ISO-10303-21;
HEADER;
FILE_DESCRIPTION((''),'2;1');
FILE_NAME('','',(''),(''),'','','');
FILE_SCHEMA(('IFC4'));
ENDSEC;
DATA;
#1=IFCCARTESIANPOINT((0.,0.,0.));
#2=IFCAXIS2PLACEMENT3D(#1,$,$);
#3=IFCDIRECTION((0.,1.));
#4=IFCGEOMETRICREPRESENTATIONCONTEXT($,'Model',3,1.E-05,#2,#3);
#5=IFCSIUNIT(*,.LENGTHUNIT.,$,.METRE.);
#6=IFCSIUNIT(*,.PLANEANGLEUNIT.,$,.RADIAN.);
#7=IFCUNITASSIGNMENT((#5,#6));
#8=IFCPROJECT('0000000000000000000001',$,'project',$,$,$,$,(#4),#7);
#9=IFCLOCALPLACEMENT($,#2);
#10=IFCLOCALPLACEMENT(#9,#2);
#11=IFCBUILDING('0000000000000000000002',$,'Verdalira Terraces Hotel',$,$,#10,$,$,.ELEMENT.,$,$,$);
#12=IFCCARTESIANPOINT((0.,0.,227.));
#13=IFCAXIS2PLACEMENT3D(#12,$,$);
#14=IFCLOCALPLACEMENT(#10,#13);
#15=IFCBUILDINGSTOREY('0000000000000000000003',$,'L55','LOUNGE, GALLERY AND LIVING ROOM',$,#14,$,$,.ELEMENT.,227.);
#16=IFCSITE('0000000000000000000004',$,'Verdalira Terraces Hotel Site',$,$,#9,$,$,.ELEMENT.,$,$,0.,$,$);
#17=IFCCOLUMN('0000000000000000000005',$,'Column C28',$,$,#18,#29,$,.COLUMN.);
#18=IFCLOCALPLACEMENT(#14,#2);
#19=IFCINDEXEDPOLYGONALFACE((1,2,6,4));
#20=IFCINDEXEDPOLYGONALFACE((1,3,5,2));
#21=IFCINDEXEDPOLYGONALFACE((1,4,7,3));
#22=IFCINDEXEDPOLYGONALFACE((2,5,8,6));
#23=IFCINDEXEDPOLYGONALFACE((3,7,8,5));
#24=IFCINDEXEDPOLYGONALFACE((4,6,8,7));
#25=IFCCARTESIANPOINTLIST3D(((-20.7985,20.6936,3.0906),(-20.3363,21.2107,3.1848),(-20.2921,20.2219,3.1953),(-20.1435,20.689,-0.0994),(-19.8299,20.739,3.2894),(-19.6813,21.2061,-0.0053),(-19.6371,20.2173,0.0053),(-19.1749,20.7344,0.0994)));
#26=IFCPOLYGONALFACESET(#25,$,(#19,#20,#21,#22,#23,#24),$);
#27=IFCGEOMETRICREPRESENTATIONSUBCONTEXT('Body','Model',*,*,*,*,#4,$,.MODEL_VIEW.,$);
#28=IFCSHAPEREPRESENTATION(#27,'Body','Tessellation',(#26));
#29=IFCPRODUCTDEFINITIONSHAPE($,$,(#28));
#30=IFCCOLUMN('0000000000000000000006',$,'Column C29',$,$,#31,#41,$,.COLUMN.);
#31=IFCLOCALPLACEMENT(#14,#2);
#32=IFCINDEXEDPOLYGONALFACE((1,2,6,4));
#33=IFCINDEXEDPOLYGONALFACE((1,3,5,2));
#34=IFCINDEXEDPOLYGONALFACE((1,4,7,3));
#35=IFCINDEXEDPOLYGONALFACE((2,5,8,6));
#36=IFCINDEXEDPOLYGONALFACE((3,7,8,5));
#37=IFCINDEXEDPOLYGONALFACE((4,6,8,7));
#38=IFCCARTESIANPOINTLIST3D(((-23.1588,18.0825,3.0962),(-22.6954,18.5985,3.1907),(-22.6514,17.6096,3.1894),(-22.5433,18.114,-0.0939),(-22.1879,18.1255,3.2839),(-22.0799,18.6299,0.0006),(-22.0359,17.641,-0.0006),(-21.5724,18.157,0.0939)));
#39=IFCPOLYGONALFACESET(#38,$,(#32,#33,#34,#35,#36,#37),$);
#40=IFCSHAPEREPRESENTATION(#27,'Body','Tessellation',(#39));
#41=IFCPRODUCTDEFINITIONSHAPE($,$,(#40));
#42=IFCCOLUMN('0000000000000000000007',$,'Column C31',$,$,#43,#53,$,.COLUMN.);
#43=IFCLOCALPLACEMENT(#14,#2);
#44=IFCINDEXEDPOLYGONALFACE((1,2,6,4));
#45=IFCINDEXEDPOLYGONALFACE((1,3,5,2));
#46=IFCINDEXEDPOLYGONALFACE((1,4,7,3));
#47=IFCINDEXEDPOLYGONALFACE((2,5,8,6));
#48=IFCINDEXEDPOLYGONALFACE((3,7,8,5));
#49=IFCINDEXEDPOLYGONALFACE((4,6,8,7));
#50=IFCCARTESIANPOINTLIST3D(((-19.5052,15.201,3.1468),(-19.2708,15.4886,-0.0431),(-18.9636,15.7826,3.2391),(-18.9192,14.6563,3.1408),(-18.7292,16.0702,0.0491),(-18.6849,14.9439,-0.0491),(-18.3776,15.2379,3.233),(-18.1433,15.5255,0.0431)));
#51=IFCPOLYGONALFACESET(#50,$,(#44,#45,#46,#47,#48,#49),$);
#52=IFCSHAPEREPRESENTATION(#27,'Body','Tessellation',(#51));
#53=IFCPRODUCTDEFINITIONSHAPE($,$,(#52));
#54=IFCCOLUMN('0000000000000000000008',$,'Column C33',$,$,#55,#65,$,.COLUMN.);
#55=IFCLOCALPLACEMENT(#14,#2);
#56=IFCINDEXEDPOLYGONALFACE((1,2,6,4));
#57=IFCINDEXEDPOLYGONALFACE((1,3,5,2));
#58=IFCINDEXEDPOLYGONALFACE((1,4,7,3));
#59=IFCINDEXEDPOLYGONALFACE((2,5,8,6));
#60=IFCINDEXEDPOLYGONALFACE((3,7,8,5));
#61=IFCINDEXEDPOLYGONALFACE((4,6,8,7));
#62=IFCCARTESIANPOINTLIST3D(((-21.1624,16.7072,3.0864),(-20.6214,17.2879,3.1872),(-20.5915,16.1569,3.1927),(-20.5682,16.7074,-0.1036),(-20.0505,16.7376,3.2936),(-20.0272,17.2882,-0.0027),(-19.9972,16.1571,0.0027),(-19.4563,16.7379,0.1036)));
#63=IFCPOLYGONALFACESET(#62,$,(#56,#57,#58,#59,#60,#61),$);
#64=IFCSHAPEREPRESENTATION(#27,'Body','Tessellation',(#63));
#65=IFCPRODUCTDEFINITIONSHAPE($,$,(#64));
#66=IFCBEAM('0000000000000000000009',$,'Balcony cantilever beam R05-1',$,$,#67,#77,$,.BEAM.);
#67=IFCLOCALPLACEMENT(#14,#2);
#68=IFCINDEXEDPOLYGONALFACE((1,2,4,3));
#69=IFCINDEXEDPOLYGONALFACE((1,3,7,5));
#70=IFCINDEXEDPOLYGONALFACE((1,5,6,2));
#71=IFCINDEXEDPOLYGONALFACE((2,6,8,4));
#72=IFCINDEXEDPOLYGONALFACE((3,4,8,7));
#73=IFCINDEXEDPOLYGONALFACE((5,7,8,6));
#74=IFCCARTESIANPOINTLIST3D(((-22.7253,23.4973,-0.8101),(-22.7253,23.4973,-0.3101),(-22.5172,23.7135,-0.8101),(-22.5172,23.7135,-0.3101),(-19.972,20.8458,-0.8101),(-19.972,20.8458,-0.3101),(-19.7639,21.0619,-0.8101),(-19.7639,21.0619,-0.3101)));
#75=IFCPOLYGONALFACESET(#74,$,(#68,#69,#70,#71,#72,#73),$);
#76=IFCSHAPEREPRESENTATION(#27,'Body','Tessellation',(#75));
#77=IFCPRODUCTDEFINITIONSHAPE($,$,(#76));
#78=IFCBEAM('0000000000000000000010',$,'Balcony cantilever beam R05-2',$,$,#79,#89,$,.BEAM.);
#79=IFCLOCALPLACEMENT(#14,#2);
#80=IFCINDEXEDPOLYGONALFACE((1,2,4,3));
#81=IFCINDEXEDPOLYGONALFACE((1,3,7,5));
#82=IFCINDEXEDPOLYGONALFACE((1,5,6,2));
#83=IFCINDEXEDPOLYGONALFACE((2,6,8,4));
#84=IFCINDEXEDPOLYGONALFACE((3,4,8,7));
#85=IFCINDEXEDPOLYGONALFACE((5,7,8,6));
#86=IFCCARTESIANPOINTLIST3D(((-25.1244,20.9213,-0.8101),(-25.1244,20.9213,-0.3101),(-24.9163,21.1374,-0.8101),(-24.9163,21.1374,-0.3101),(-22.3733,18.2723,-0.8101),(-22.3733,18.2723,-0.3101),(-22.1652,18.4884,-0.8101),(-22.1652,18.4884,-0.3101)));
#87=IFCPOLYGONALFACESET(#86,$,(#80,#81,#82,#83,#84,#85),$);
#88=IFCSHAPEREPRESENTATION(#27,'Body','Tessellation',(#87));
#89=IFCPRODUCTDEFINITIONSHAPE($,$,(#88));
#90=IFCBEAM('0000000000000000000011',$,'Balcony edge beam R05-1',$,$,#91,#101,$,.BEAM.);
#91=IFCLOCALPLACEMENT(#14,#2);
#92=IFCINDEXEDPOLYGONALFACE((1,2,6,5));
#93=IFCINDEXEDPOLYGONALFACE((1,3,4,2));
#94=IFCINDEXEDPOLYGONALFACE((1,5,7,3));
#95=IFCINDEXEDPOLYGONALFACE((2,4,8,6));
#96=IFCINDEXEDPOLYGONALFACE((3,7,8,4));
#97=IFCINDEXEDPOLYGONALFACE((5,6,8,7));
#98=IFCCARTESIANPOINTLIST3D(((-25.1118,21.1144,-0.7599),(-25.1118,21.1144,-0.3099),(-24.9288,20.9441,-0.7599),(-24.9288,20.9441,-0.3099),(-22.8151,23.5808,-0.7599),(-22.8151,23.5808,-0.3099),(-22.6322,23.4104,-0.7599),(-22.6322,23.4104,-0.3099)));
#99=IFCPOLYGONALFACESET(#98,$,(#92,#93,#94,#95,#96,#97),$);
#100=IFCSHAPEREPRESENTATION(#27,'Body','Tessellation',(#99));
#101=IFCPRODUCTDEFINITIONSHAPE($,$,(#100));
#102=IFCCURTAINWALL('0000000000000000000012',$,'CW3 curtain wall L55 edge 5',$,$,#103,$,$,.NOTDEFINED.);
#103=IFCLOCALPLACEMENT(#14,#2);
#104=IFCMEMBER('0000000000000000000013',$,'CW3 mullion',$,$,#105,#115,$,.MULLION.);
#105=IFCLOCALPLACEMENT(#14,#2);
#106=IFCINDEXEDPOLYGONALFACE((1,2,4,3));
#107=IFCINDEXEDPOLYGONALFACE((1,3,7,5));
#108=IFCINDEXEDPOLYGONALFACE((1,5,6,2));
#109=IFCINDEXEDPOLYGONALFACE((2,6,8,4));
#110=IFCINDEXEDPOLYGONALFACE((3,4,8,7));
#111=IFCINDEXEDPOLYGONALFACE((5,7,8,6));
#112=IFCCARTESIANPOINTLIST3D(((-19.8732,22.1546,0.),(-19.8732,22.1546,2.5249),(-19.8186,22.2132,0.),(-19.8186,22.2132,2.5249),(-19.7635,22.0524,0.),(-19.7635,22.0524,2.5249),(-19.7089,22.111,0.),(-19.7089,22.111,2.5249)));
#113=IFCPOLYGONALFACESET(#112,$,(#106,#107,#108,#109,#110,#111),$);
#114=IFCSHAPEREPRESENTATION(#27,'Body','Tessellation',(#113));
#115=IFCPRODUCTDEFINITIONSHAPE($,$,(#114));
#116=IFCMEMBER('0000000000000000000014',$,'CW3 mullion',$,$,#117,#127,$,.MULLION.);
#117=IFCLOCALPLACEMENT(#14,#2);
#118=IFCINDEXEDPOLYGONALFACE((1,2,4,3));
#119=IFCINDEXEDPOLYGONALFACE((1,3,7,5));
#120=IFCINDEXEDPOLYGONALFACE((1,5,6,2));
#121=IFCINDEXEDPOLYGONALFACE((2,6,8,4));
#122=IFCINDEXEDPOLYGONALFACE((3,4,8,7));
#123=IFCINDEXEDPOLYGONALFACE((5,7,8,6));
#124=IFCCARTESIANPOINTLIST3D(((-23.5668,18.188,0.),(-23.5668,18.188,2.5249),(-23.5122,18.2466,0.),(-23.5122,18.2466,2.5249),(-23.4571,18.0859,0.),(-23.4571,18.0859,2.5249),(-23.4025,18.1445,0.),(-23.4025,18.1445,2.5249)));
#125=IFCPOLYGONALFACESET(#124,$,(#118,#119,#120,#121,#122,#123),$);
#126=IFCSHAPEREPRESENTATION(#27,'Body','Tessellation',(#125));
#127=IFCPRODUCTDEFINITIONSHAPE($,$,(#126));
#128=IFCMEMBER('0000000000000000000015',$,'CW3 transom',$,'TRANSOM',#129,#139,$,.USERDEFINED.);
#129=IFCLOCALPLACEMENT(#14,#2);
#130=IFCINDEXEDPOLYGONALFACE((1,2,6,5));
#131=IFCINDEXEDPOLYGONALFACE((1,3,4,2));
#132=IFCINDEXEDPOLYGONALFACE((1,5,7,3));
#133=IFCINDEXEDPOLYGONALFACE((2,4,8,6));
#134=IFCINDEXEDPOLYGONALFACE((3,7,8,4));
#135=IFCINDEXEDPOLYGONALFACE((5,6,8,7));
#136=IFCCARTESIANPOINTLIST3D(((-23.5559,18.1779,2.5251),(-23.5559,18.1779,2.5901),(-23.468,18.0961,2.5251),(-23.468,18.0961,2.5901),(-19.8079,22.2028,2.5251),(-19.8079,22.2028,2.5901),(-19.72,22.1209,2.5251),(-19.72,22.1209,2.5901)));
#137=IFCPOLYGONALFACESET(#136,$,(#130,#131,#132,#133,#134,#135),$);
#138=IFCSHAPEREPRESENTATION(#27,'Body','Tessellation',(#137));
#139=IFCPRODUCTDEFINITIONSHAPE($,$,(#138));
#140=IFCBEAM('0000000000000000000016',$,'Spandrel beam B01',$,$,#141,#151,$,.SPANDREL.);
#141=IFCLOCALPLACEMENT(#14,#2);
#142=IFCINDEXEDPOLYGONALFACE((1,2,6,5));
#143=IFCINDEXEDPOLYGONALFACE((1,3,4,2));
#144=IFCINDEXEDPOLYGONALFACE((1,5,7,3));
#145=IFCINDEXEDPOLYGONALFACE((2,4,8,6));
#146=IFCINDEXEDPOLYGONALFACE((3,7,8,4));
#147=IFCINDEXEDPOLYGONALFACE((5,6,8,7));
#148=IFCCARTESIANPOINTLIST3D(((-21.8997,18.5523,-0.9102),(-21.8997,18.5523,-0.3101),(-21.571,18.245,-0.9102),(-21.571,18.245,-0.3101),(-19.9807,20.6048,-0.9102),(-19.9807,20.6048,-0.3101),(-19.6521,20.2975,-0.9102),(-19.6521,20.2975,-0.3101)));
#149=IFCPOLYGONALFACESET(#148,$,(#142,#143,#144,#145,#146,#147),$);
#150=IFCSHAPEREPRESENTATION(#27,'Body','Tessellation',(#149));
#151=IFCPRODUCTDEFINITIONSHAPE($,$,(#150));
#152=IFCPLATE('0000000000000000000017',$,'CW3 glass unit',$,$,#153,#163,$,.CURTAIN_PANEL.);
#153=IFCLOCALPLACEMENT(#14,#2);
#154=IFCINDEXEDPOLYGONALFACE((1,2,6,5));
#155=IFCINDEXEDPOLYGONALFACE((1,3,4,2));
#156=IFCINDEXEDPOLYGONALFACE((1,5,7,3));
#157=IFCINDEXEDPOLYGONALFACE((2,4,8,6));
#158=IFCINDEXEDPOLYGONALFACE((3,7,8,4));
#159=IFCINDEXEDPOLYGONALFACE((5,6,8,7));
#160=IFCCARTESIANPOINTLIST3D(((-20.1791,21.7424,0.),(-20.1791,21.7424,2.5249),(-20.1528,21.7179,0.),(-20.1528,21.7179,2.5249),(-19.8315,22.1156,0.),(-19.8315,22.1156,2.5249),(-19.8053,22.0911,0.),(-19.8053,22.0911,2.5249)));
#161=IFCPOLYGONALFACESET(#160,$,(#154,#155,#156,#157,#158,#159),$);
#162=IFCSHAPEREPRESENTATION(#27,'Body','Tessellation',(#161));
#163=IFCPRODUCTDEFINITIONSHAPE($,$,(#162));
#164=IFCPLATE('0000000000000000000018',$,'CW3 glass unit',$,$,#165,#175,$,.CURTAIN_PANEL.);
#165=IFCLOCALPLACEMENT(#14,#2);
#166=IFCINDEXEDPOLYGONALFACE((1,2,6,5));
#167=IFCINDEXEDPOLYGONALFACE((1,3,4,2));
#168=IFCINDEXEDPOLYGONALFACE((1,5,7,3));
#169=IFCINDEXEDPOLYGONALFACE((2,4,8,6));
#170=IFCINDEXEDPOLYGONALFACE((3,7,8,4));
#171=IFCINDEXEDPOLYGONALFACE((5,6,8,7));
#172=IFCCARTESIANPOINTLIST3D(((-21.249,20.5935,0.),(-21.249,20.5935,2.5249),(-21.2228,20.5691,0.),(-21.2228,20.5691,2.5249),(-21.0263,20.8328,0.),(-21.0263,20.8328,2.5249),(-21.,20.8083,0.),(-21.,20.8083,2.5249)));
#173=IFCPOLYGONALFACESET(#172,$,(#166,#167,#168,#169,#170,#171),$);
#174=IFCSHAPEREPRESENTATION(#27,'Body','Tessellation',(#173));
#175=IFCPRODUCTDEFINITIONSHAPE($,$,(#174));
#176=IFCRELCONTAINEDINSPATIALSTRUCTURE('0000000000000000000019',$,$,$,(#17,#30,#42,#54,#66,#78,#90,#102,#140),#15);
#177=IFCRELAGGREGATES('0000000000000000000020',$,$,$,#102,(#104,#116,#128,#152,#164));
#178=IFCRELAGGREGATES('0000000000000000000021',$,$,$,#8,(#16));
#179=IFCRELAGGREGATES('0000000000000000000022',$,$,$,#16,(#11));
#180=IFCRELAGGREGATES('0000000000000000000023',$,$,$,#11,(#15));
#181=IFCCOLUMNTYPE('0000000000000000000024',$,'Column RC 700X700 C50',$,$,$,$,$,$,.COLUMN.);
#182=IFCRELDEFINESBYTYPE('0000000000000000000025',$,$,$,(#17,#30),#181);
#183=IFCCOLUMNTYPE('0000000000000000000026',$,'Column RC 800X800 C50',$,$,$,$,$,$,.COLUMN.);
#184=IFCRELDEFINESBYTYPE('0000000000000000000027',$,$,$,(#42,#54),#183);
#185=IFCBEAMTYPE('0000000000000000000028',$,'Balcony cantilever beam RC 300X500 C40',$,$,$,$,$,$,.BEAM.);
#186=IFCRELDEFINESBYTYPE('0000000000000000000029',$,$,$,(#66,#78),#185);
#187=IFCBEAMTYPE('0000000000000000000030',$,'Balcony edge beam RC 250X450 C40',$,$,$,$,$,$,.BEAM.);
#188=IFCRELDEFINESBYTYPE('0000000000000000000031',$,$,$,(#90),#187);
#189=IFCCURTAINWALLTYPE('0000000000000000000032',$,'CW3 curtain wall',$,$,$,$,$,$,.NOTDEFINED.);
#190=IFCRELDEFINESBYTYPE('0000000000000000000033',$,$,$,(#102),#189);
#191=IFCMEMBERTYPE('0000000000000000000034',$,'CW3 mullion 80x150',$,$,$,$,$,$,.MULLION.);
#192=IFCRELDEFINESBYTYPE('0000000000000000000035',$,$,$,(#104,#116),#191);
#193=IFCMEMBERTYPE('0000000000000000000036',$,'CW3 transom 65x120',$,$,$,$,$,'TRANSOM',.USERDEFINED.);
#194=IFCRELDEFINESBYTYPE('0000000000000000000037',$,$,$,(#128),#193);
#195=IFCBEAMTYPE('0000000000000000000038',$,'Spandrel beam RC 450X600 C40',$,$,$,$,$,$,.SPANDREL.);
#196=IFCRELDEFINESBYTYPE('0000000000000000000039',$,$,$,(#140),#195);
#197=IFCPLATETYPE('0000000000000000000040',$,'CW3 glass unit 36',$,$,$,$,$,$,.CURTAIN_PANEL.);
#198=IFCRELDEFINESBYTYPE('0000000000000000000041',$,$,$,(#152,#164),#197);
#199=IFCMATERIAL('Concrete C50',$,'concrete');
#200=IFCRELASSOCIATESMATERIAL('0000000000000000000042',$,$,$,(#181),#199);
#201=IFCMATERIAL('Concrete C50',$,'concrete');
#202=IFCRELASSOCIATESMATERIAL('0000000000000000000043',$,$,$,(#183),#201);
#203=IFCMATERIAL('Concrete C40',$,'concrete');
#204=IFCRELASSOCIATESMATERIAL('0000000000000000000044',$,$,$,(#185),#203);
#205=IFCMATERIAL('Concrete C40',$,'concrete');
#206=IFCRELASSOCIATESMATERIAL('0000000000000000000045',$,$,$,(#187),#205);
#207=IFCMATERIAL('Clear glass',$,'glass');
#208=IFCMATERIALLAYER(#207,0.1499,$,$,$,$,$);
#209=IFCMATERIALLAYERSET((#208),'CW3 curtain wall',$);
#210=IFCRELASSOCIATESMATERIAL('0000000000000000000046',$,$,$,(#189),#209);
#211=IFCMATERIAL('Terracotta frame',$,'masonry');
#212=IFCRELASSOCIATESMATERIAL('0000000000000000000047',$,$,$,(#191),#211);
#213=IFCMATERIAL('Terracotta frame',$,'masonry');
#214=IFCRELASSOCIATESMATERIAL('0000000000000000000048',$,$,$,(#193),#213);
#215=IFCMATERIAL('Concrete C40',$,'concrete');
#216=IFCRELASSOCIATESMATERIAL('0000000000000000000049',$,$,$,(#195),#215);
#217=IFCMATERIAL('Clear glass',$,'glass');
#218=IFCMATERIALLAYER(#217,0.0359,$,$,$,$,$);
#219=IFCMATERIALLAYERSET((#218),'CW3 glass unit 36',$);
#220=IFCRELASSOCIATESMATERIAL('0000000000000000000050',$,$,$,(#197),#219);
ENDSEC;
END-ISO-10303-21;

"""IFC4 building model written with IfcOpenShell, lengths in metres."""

from ifc_helpers import new_model, si_unit, direction, frame, origin, origin_2d, place, context, subcontext, project, spatial, rectangle, extrude, material, layer, layer_set, material_profile, profile_set, type_object, element, aggregate, save


model = new_model("IFC4")

# Units and contexts
model_context = context("Model", 3, precision=1e-05, world=origin(), true_north=direction((0.0, 1.0)))
body_context = subcontext(model_context, "Body", "Model", "MODEL_VIEW")
ifc_project = project(units=[si_unit("LENGTHUNIT", "METRE"), si_unit("PLANEANGLEUNIT", "RADIAN")], contexts=[model_context])

# Site, building, storey
site_placement = place(None, origin())
site = spatial("IfcSite", under=ifc_project, at=site_placement, Name="Verdalira Terraces Hotel Site", CompositionType="ELEMENT", RefElevation=0.0)
building_placement = place(site_placement, origin())
building = spatial("IfcBuilding", under=site, at=building_placement, Name="Verdalira Terraces Hotel", CompositionType="ELEMENT")
storey_placement = place(building_placement, frame((0.0, 0.0, 227.0)))
storey = spatial("IfcBuildingStorey", under=building, at=storey_placement, Name="L55", Description="LOUNGE, GALLERY AND LIVING ROOM", CompositionType="ELEMENT", Elevation=227.0)

# Columns
ifc_material_1 = material(Name="Concrete C50", Category="concrete")
ifc_material_profile_1 = material_profile(ifc_material_1, rectangle(XDim=0.7, YDim=0.7, at=origin_2d()), Name="RC 700X700")
ifc_profile_set_1 = profile_set([ifc_material_profile_1], Name="Concrete C50")
column_type_1 = type_object("IfcColumnType", Name="Column RC 700X700 C50", PredefinedType="COLUMN", material=ifc_profile_set_1)
column_1_placement = place(storey_placement, frame((-19.6592, 20.7117, 0.0), z_axis=(-0.201145, 0.001424, 0.97956), x_axis=(-0.660359, -0.738802, -0.134525)))
element("IfcColumn", 1, at=column_1_placement, inside=storey, type_object=column_type_1, Name="Column C28", PredefinedType="COLUMN", context=body_context, shape_type="SweptSolid", body=[
    extrude(rectangle(XDim=0.7, YDim=0.7, at=origin_2d()), origin(), (0.0, 0.0, 1.0), 3.2566),
])
column_2_placement = place(storey_placement, frame((-22.0579, 18.1355, 0.0), z_axis=(-0.189441, -0.009694, 0.981844), x_axis=(-0.662154, -0.737101, -0.135036)))
element("IfcColumn", 2, at=column_2_placement, inside=storey, type_object=column_type_1, Name="Column C29", PredefinedType="COLUMN", context=body_context, shape_type="SweptSolid", body=[
    extrude(rectangle(XDim=0.7, YDim=0.7, at=origin_2d()), origin(), (0.0, 0.0, 1.0), 3.249),
])
ifc_material_2 = material(Name="Concrete C50", Category="concrete")
ifc_material_profile_2 = material_profile(ifc_material_2, rectangle(XDim=0.8, YDim=0.8, at=origin_2d()), Name="RC 800X800")
ifc_profile_set_2 = profile_set([ifc_material_profile_2], Name="Concrete C50")
column_type_2 = type_object("IfcColumnType", Name="Column RC 800X800 C50", PredefinedType="COLUMN", material=ifc_profile_set_2)
column_3_placement = place(storey_placement, frame((-18.707, 15.5071, 0.0), z_axis=(-0.072981, -0.089554, 0.993304), x_axis=(-0.732396, 0.680837, 0.007571)))
element("IfcColumn", 3, at=column_3_placement, inside=storey, type_object=column_type_2, Name="Column C31", PredefinedType="COLUMN", context=body_context, shape_type="SweptSolid", body=[
    extrude(rectangle(XDim=0.8, YDim=0.8, at=origin_2d()), origin(), (0.0, 0.0, 1.0), 3.2114),
])
column_4_placement = place(storey_placement, frame((-20.0122, 16.7227, 0.0), z_axis=(-0.183135, -0.000075, 0.983088), x_axis=(-0.713628, 0.687806, -0.132886)))
element("IfcColumn", 4, at=column_4_placement, inside=storey, type_object=column_type_2, Name="Column C33", PredefinedType="COLUMN", context=body_context, shape_type="SweptSolid", body=[
    extrude(rectangle(XDim=0.8, YDim=0.8, at=origin_2d()), origin(), (0.0, 0.0, 1.0), 3.2449),
])

# Beams
ifc_material_3 = material(Name="Concrete C40", Category="concrete")
ifc_material_profile_3 = material_profile(ifc_material_3, rectangle(XDim=0.3, YDim=0.5, at=origin_2d()), Name="RC 300X500")
ifc_profile_set_3 = profile_set([ifc_material_profile_3], Name="Concrete C40")
beam_type_1 = type_object("IfcBeamType", Name="Balcony cantilever beam RC 300X500 C40", PredefinedType="BEAM", material=ifc_profile_set_3)
beam_1_placement = place(storey_placement, frame((-19.8679, 20.9539, -0.5601), z_axis=(-0.720298, 0.693665, 0.0), x_axis=(-0.693665, -0.720298, 0.0)))
element("IfcBeam", 5, at=beam_1_placement, inside=storey, type_object=beam_type_1, Name="Balcony cantilever beam R05-1", PredefinedType="BEAM", context=body_context, shape_type="SweptSolid", body=[
    extrude(rectangle(XDim=0.3, YDim=0.5, at=origin_2d()), origin(), (0.0, 0.0, 1.0), 3.8225),
])
beam_2_placement = place(storey_placement, frame((-22.2693, 18.3804, -0.5601), z_axis=(-0.720342, 0.69362, 0.0), x_axis=(-0.69362, -0.720342, 0.0)))
element("IfcBeam", 6, at=beam_2_placement, inside=storey, type_object=beam_type_1, Name="Balcony cantilever beam R05-2", PredefinedType="BEAM", context=body_context, shape_type="SweptSolid", body=[
    extrude(rectangle(XDim=0.3, YDim=0.5, at=origin_2d()), origin(), (0.0, 0.0, 1.0), 3.8191),
])
ifc_material_4 = material(Name="Concrete C40", Category="concrete")
ifc_material_profile_4 = material_profile(ifc_material_4, rectangle(XDim=0.25, YDim=0.45, at=origin_2d()), Name="RC 250X450")
ifc_profile_set_4 = profile_set([ifc_material_profile_4], Name="Concrete C40")
beam_type_2 = type_object("IfcBeamType", Name="Balcony edge beam RC 250X450 C40", PredefinedType="BEAM", material=ifc_profile_set_4)
beam_3_placement = place(storey_placement, frame((-22.7236, 23.4956, -0.5349), z_axis=(-0.681484, -0.731833, 0.0), x_axis=(0.731833, -0.681484, 0.0)))
element("IfcBeam", 7, at=beam_3_placement, inside=storey, type_object=beam_type_2, Name="Balcony edge beam R05-1", PredefinedType="BEAM", context=body_context, shape_type="SweptSolid", body=[
    extrude(rectangle(XDim=0.25, YDim=0.45, at=origin_2d()), origin(), (0.0, 0.0, 1.0), 3.3701),
])

# Curtain wall, members
ifc_material_5 = material(Name="Clear glass", Category="glass")
ifc_layer_1 = layer(ifc_material_5, 0.1499)
ifc_layer_set_1 = layer_set([ifc_layer_1], Name="CW3 curtain wall")
curtain_wall_type = type_object("IfcCurtainWallType", Name="CW3 curtain wall", PredefinedType="NOTDEFINED", material=ifc_layer_set_1)
curtain_wall_placement = place(storey_placement, origin())
curtain_wall = element("IfcCurtainWall", 8, at=curtain_wall_placement, inside=storey, type_object=curtain_wall_type, Name="CW3 curtain wall L55 edge 5", PredefinedType="NOTDEFINED")
ifc_material_6 = material(Name="Terracotta frame", Category="masonry")
ifc_material_profile_5 = material_profile(ifc_material_6, rectangle(XDim=0.0801, YDim=0.1499, at=origin_2d()), Name="MU 80x150")
ifc_profile_set_5 = profile_set([ifc_material_profile_5], Name="Terracotta frame")
member_type_1 = type_object("IfcMemberType", Name="CW3 mullion 80x150", PredefinedType="MULLION", material=ifc_profile_set_5)
member_1_placement = place(storey_placement, frame((-19.791, 22.1328, 0.0), z_axis=(0.0, 0.0, 1.0), x_axis=(-0.681488, -0.73183, 0.0)))
member_1 = element("IfcMember", 9, at=member_1_placement, type_object=member_type_1, Name="CW3 mullion", PredefinedType="MULLION", context=body_context, shape_type="SweptSolid", body=[
    extrude(rectangle(XDim=0.0801, YDim=0.1499, at=origin_2d()), origin(), (0.0, 0.0, 1.0), 2.5249),
])
member_2_placement = place(storey_placement, frame((-23.4846, 18.1663, 0.0), z_axis=(0.0, 0.0, 1.0), x_axis=(-0.681488, -0.73183, 0.0)))
member_2 = element("IfcMember", 10, at=member_2_placement, type_object=member_type_1, Name="CW3 mullion", PredefinedType="MULLION", context=body_context, shape_type="SweptSolid", body=[
    extrude(rectangle(XDim=0.0801, YDim=0.1499, at=origin_2d()), origin(), (0.0, 0.0, 1.0), 2.5249),
])
ifc_material_7 = material(Name="Terracotta frame", Category="masonry")
ifc_material_profile_6 = material_profile(ifc_material_7, rectangle(XDim=0.1201, YDim=0.0649, at=origin_2d()), Name="TR 65x120")
ifc_profile_set_6 = profile_set([ifc_material_profile_6], Name="Terracotta frame")
member_type_2 = type_object("IfcMemberType", Name="CW3 transom 65x120", ElementType="TRANSOM", PredefinedType="USERDEFINED", material=ifc_profile_set_6)
member_3_placement = place(storey_placement, frame((-19.7639, 22.1619, 2.5576), z_axis=(-0.681489, -0.731828, 0.0), x_axis=(0.731828, -0.681489, 0.0)))
member_3 = element("IfcMember", 11, at=member_3_placement, type_object=member_type_2, Name="CW3 transom", ObjectType="TRANSOM", PredefinedType="USERDEFINED", context=body_context, shape_type="SweptSolid", body=[
    extrude(rectangle(XDim=0.1201, YDim=0.0649, at=origin_2d()), origin(), (0.0, 0.0, 1.0), 5.4998),
])

# Beam
ifc_material_8 = material(Name="Concrete C40", Category="concrete")
ifc_material_profile_7 = material_profile(ifc_material_8, rectangle(XDim=0.45, YDim=0.6001, at=origin_2d()), Name="RC 450X600")
ifc_profile_set_7 = profile_set([ifc_material_profile_7], Name="Concrete C40")
beam_type_3 = type_object("IfcBeamType", Name="Spandrel beam RC 450X600 C40", PredefinedType="SPANDREL", material=ifc_profile_set_7)
beam_4_placement = place(storey_placement, frame((-19.8164, 20.4512, -0.6101), z_axis=(-0.682943, -0.730471, 0.0), x_axis=(0.730471, -0.682943, 0.0)))
element("IfcBeam", 12, at=beam_4_placement, inside=storey, type_object=beam_type_3, Name="Spandrel beam B01", PredefinedType="SPANDREL", context=body_context, shape_type="SweptSolid", body=[
    extrude(rectangle(XDim=0.45, YDim=0.6001, at=origin_2d()), origin(), (0.0, 0.0, 1.0), 2.8098),
])

# Plates
ifc_material_9 = material(Name="Clear glass", Category="glass")
ifc_layer_2 = layer(ifc_material_9, 0.0359)
ifc_layer_set_2 = layer_set([ifc_layer_2], Name="CW3 glass unit 36")
plate_type = type_object("IfcPlateType", Name="CW3 glass unit 36", PredefinedType="CURTAIN_PANEL", material=ifc_layer_set_2)
plate_1_placement = place(storey_placement, frame((-19.9922, 21.9167, 0.0), z_axis=(0.0, 0.0, 1.0), x_axis=(-0.681488, -0.73183, 0.0)))
plate_1 = element("IfcPlate", 13, at=plate_1_placement, type_object=plate_type, Name="CW3 glass unit", PredefinedType="CURTAIN_PANEL", context=body_context, shape_type="SweptSolid", body=[
    extrude(rectangle(XDim=0.51, YDim=0.0359, at=origin_2d()), origin(), (0.0, 0.0, 1.0), 2.5249),
])
plate_2_placement = place(storey_placement, frame((-21.1245, 20.7009, 0.0), z_axis=(0.0, 0.0, 1.0), x_axis=(-0.681488, -0.73183, 0.0)))
plate_2 = element("IfcPlate", 14, at=plate_2_placement, type_object=plate_type, Name="CW3 glass unit", PredefinedType="CURTAIN_PANEL", context=body_context, shape_type="SweptSolid", body=[
    extrude(rectangle(XDim=0.3269, YDim=0.0359, at=origin_2d()), origin(), (0.0, 0.0, 1.0), 2.5249),
])
aggregate(curtain_wall, [member_1, member_2, member_3, plate_1, plate_2])

save(model, "model.ifc")
